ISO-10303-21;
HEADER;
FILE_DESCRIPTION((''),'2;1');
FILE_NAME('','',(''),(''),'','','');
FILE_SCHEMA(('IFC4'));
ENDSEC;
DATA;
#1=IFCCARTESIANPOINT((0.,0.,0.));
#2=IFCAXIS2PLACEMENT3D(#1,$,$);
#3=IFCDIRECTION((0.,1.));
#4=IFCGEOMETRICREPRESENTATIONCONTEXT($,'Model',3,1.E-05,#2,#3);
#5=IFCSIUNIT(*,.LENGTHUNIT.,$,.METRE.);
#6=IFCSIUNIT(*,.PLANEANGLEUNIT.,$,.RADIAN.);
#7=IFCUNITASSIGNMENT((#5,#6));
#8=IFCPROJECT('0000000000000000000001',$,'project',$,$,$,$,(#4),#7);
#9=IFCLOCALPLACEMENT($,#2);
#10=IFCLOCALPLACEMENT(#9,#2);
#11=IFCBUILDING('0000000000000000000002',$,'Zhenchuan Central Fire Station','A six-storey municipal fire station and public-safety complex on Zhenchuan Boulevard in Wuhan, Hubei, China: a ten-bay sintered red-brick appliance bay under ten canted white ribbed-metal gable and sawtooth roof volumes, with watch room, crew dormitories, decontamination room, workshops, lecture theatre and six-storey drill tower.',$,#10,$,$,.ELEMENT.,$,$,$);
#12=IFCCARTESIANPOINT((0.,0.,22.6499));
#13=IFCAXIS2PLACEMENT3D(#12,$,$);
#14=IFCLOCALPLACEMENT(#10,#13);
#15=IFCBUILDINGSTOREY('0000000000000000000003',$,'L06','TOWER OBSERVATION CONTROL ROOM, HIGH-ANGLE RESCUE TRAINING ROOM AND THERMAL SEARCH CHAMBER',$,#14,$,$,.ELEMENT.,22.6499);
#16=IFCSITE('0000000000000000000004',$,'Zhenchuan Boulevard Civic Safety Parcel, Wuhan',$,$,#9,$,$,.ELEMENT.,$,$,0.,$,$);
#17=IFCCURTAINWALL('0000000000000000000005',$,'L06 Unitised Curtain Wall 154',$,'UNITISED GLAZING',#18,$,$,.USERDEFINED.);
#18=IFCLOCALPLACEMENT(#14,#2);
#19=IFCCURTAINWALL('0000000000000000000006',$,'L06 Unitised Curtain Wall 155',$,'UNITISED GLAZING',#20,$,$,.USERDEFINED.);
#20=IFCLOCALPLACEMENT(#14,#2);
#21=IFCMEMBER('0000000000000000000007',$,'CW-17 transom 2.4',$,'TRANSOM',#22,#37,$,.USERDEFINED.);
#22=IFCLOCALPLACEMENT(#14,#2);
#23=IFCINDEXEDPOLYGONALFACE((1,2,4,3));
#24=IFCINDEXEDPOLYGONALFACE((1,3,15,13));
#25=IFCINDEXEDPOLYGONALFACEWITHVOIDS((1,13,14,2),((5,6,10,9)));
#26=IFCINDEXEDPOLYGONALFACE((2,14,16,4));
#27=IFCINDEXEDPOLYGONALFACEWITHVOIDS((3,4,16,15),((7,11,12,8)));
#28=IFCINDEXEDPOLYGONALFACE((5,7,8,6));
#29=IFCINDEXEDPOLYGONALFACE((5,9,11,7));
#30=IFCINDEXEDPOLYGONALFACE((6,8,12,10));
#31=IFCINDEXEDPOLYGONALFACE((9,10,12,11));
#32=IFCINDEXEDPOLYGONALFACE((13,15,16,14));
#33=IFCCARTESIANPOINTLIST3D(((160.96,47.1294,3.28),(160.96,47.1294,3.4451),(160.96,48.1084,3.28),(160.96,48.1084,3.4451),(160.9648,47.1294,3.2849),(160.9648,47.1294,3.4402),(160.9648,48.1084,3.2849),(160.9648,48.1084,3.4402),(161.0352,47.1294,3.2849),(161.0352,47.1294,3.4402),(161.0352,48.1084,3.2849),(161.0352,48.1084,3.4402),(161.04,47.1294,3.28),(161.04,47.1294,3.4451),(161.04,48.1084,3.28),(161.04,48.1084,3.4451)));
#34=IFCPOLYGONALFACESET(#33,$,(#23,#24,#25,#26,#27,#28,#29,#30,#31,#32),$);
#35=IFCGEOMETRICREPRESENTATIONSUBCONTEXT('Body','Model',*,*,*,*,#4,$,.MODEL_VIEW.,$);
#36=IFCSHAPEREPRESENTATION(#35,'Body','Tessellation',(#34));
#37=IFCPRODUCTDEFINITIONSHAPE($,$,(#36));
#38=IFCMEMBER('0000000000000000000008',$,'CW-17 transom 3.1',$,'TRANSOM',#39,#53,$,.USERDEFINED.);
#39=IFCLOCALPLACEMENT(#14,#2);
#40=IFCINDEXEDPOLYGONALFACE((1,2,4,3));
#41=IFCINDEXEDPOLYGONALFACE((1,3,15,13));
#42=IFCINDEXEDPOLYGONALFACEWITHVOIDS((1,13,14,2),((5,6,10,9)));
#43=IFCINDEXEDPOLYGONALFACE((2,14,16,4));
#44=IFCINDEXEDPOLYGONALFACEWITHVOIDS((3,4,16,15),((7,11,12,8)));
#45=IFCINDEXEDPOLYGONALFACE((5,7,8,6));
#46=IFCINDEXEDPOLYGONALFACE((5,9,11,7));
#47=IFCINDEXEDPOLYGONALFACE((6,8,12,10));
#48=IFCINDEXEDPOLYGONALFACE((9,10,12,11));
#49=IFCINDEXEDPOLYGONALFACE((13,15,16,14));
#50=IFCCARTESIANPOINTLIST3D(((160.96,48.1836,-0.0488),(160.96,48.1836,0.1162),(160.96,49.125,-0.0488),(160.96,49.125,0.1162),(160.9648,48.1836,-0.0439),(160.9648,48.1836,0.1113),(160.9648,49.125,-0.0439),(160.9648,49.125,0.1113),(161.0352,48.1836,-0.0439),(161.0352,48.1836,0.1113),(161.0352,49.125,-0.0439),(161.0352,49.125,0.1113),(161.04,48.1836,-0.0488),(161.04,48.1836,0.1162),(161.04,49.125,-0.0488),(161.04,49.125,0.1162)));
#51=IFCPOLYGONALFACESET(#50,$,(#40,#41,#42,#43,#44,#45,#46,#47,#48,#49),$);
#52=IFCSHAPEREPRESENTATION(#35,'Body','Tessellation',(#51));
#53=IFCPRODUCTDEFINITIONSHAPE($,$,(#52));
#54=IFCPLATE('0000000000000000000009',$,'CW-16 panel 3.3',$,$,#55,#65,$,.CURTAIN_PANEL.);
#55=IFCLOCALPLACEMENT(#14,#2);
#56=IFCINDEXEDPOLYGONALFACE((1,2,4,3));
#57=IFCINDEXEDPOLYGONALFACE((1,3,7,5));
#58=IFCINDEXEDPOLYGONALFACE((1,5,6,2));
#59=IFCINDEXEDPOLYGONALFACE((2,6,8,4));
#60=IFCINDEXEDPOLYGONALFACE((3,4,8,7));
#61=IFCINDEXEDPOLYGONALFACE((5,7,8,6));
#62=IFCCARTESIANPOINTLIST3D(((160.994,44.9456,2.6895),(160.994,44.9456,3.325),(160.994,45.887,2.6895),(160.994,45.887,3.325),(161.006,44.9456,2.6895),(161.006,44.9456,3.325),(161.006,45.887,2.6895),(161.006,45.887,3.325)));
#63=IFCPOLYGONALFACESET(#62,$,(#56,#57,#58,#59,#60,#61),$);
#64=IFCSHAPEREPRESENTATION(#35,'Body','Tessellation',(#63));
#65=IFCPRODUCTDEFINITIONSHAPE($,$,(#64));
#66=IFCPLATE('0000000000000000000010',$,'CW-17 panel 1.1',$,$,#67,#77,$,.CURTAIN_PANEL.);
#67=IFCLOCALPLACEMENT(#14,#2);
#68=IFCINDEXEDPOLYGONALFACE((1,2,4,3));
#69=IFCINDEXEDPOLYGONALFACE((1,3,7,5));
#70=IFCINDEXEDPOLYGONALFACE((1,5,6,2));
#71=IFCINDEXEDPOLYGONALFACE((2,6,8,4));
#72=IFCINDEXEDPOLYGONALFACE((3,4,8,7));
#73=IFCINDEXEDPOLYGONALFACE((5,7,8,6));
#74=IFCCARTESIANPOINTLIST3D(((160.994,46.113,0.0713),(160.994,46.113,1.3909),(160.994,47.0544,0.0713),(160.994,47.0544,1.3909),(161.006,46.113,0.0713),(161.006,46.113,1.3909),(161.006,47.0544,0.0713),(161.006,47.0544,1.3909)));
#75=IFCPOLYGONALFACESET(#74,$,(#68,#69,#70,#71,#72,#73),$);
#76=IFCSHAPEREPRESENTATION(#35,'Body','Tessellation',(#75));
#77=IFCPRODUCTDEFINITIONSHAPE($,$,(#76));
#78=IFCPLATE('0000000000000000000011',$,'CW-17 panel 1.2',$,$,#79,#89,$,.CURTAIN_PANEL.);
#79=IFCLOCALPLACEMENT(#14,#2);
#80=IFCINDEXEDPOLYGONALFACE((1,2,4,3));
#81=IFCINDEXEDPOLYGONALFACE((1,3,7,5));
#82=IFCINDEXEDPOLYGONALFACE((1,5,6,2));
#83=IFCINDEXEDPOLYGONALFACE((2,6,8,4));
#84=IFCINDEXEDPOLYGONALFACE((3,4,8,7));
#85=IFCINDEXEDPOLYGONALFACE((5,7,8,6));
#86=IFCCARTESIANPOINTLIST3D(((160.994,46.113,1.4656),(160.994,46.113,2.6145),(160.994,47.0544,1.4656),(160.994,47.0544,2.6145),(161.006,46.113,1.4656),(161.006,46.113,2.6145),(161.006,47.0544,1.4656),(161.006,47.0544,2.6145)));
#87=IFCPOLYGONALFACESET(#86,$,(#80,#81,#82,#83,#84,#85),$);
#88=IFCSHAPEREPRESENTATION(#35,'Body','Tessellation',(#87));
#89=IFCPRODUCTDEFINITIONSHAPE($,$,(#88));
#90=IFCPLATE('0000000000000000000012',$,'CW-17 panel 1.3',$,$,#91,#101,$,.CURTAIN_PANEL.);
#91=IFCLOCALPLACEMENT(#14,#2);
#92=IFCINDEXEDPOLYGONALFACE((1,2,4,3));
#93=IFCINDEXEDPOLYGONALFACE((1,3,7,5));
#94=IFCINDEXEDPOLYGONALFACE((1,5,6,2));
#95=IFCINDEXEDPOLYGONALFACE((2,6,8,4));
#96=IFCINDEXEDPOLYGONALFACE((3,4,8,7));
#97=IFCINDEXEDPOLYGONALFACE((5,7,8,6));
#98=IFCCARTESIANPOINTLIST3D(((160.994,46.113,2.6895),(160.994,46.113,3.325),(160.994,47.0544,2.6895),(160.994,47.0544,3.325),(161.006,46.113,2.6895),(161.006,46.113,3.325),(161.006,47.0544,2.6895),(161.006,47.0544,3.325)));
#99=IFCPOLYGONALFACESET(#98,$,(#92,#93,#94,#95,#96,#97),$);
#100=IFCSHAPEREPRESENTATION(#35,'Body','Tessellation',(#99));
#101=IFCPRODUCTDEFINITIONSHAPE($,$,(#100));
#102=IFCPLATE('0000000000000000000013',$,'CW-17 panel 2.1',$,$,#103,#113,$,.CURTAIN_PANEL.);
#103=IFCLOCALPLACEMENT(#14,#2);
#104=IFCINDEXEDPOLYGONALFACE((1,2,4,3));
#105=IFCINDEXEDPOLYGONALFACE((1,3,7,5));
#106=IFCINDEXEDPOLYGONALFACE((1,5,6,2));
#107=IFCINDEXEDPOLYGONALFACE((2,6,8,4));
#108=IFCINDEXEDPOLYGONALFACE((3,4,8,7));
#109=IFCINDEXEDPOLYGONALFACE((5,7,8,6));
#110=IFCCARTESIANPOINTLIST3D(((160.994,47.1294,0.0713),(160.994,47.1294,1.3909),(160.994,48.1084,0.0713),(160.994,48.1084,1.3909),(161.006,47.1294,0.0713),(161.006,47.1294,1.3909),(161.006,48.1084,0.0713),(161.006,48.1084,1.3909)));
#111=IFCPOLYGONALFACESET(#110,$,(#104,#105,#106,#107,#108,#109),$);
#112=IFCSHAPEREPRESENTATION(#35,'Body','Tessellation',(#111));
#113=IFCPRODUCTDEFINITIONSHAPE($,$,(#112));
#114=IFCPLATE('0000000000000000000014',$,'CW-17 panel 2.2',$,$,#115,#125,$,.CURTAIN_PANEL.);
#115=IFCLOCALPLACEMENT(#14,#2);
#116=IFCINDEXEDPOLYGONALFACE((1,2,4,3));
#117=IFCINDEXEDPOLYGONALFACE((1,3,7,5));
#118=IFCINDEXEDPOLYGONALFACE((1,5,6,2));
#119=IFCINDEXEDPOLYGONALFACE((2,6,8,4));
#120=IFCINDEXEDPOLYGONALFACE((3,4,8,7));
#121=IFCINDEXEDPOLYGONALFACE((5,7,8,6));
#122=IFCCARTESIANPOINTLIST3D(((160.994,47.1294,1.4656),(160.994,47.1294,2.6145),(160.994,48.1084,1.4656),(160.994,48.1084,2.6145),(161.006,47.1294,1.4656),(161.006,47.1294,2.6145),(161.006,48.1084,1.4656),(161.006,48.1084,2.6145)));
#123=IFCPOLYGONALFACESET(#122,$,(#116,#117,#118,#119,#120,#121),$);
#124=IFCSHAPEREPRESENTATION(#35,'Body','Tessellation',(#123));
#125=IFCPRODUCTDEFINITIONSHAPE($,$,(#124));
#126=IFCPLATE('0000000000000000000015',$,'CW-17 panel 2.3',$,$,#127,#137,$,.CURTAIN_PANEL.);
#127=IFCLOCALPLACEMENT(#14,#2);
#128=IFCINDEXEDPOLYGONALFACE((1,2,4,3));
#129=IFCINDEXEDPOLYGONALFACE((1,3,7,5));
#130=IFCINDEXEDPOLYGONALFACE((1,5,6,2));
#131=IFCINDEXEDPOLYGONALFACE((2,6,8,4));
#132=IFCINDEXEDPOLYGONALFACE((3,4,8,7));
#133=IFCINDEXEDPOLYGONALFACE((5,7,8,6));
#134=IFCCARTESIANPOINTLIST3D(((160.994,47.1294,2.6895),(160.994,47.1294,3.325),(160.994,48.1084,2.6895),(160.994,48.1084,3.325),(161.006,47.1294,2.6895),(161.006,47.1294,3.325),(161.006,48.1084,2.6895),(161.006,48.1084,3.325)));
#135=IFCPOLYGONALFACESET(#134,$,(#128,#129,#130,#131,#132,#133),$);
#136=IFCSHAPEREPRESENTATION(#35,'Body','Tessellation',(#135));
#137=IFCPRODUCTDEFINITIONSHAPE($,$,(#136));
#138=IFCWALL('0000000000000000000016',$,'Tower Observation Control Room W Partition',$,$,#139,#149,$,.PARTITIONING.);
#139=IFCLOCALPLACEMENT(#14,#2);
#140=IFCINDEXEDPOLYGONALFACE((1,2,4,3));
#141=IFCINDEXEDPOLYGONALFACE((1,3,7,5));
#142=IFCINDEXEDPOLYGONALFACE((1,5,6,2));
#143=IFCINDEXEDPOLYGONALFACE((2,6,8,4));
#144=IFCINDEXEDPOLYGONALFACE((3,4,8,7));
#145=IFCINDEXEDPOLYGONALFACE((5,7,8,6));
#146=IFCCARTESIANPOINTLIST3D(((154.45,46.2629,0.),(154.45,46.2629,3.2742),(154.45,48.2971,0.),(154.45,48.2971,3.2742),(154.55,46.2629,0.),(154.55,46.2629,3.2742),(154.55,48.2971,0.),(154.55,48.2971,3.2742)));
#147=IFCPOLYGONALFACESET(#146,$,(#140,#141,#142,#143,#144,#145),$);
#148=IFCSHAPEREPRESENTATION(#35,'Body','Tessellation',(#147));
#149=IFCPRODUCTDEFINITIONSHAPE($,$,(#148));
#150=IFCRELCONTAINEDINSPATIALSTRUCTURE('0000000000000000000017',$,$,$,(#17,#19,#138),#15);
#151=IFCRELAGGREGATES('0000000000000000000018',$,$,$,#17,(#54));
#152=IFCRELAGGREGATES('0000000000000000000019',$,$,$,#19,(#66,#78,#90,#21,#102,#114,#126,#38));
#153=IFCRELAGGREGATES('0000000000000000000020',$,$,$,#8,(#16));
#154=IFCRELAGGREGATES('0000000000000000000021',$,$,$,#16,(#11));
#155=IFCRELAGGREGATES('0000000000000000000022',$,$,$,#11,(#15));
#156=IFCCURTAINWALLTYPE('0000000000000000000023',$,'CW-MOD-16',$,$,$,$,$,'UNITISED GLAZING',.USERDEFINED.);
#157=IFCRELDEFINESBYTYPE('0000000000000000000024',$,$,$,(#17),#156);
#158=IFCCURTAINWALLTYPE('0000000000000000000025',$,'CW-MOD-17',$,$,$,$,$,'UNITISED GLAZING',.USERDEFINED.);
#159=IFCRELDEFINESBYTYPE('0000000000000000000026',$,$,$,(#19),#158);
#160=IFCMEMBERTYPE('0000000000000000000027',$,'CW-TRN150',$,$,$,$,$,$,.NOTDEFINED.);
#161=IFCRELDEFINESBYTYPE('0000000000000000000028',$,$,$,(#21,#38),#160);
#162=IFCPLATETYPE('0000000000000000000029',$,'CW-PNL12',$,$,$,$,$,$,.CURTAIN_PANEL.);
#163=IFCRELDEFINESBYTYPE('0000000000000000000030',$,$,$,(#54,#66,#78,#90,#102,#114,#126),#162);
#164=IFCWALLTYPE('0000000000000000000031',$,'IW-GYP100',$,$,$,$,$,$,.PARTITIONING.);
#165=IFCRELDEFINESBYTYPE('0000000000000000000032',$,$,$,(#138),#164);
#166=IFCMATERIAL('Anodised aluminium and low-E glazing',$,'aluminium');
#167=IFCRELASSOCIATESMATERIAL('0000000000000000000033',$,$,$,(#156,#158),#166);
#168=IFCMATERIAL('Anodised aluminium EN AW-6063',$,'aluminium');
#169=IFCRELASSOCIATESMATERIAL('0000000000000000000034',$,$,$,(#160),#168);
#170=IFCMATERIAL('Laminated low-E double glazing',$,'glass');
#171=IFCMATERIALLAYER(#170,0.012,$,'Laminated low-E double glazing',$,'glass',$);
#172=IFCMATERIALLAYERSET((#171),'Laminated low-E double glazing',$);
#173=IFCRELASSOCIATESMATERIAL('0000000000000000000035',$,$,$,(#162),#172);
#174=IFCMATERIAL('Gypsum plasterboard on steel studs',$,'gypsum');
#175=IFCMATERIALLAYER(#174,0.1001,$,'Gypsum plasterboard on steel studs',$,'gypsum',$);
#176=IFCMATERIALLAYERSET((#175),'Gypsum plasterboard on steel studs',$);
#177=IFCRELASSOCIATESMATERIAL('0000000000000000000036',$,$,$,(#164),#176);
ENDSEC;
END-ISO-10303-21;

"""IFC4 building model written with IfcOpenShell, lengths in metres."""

from ifc_helpers import new_model, si_unit, direction, frame, frame_2d, origin, origin_2d, place, context, subcontext, project, spatial, rectangle, hollow_rectangle, extrude, material, layer, layer_set, material_profile, profile_set, type_object, element, aggregate, save


model = new_model("IFC4")

# Units and contexts
model_context = context("Model", 3, precision=1e-05, world=origin(), true_north=direction((0.0, 1.0)))
body_context = subcontext(model_context, "Body", "Model", "MODEL_VIEW")
ifc_project = project(units=[si_unit("LENGTHUNIT", "METRE"), si_unit("PLANEANGLEUNIT", "RADIAN")], contexts=[model_context])

# Site, building, storey
site_placement = place(None, origin())
site = spatial("IfcSite", under=ifc_project, at=site_placement, Name="Zhenchuan Boulevard Civic Safety Parcel, Wuhan", CompositionType="ELEMENT", RefElevation=0.0)
building_placement = place(site_placement, origin())
building = spatial("IfcBuilding", under=site, at=building_placement, Name="Zhenchuan Central Fire Station", Description="A six-storey municipal fire station and public-safety complex on Zhenchuan Boulevard in Wuhan, Hubei, China: a ten-bay sintered red-brick appliance bay under ten canted white ribbed-metal gable and sawtooth roof volumes, with watch room, crew dormitories, decontamination room, workshops, lecture theatre and six-storey drill tower.", CompositionType="ELEMENT")
storey_placement = place(building_placement, frame((0.0, 0.0, 22.6499)))
storey = spatial("IfcBuildingStorey", under=building, at=storey_placement, Name="L06", Description="TOWER OBSERVATION CONTROL ROOM, HIGH-ANGLE RESCUE TRAINING ROOM AND THERMAL SEARCH CHAMBER", CompositionType="ELEMENT", Elevation=22.6499)

# Curtain wall
ifc_material_1 = material(Name="Anodised aluminium and low-E glazing", Category="aluminium")
curtain_wall_type_1 = type_object("IfcCurtainWallType", Name="CW-MOD-16", ElementType="UNITISED GLAZING", PredefinedType="USERDEFINED", material=ifc_material_1)
curtain_wall_1_placement = place(storey_placement, origin())
curtain_wall_1 = element("IfcCurtainWall", 1, at=curtain_wall_1_placement, inside=storey, type_object=curtain_wall_type_1, Name="L06 Unitised Curtain Wall 154", ObjectType="UNITISED GLAZING", PredefinedType="USERDEFINED")
ifc_material_2 = material(Name="Anodised aluminium EN AW-6063", Category="aluminium")

# Curtain wall, members
curtain_wall_type_2 = type_object("IfcCurtainWallType", Name="CW-MOD-17", ElementType="UNITISED GLAZING", PredefinedType="USERDEFINED", material=ifc_material_1)
curtain_wall_2_placement = place(storey_placement, origin())
curtain_wall_2 = element("IfcCurtainWall", 2, at=curtain_wall_2_placement, inside=storey, type_object=curtain_wall_type_2, Name="L06 Unitised Curtain Wall 155", ObjectType="UNITISED GLAZING", PredefinedType="USERDEFINED")
ifc_material_profile_1 = material_profile(ifc_material_2, hollow_rectangle(XDim=0.0801, YDim=0.165, WallThickness=0.0049, at=origin_2d()), Name="ALU-T 165x80")
ifc_profile_set_1 = profile_set([ifc_material_profile_1], Name="Anodised aluminium EN AW-6063")
member_type_1 = type_object("IfcMemberType", Name="CW-TRN150", PredefinedType="NOTDEFINED", material=ifc_profile_set_1)
member_1_placement = place(storey_placement, frame((161.0, 47.1294, 3.3625), z_axis=(0.0, 1.0, 0.0), x_axis=(-1.0, 0.0, 0.0)))
member_1 = element("IfcMember", 3, at=member_1_placement, type_object=member_type_1, Name="CW-17 transom 2.4", ObjectType="TRANSOM", PredefinedType="USERDEFINED", context=body_context, shape_type="SweptSolid", body=[
    extrude(hollow_rectangle(XDim=0.0801, YDim=0.165, WallThickness=0.0049, at=origin_2d()), origin(), (0.0, 0.0, 1.0), 0.979),
])
member_2_placement = place(storey_placement, frame((161.0, 48.1836, 0.0337), z_axis=(0.0, 1.0, 0.0), x_axis=(-1.0, 0.0, 0.0)))
member_2 = element("IfcMember", 4, at=member_2_placement, type_object=member_type_1, Name="CW-17 transom 3.1", ObjectType="TRANSOM", PredefinedType="USERDEFINED", context=body_context, shape_type="SweptSolid", body=[
    extrude(hollow_rectangle(XDim=0.0801, YDim=0.165, WallThickness=0.0049, at=origin_2d()), origin(), (0.0, 0.0, 1.0), 0.9414),
])

# Plates
ifc_material_3 = material(Name="Laminated low-E double glazing", Category="glass")
ifc_layer_1 = layer(ifc_material_3, 0.012, Name="Laminated low-E double glazing", Category="glass")
ifc_layer_set_1 = layer_set([ifc_layer_1], Name="Laminated low-E double glazing")
plate_type = type_object("IfcPlateType", Name="CW-PNL12", PredefinedType="CURTAIN_PANEL", material=ifc_layer_set_1)
plate_1_placement = place(storey_placement, frame((161.0, 45.4163, 2.6895), z_axis=(0.0, 0.0, 1.0), x_axis=(0.0, 1.0, 0.0)))
plate_1 = element("IfcPlate", 5, at=plate_1_placement, type_object=plate_type, Name="CW-16 panel 3.3", PredefinedType="CURTAIN_PANEL", context=body_context, shape_type="SweptSolid", body=[
    extrude(rectangle(XDim=0.9414, YDim=0.012, at=origin_2d()), origin(), (0.0, 0.0, 1.0), 0.6355),
])
aggregate(curtain_wall_1, [plate_1])
plate_2_placement = place(storey_placement, frame((161.0, 46.5837, 0.0713), z_axis=(0.0, 0.0, 1.0), x_axis=(0.0, 1.0, 0.0)))
plate_2 = element("IfcPlate", 6, at=plate_2_placement, type_object=plate_type, Name="CW-17 panel 1.1", PredefinedType="CURTAIN_PANEL", context=body_context, shape_type="SweptSolid", body=[
    extrude(rectangle(XDim=0.9414, YDim=0.012, at=origin_2d()), origin(), (0.0, 0.0, 1.0), 1.3196),
])
plate_3_placement = place(storey_placement, frame((161.0, 46.5837, 1.4656), z_axis=(0.0, 0.0, 1.0), x_axis=(0.0, 1.0, 0.0)))
plate_3 = element("IfcPlate", 7, at=plate_3_placement, type_object=plate_type, Name="CW-17 panel 1.2", PredefinedType="CURTAIN_PANEL", context=body_context, shape_type="SweptSolid", body=[
    extrude(rectangle(XDim=0.9414, YDim=0.012, at=origin_2d()), origin(), (0.0, 0.0, 1.0), 1.1489),
])
plate_4_placement = place(storey_placement, frame((161.0, 46.5837, 2.6895), z_axis=(0.0, 0.0, 1.0), x_axis=(0.0, 1.0, 0.0)))
plate_4 = element("IfcPlate", 8, at=plate_4_placement, type_object=plate_type, Name="CW-17 panel 1.3", PredefinedType="CURTAIN_PANEL", context=body_context, shape_type="SweptSolid", body=[
    extrude(rectangle(XDim=0.9414, YDim=0.012, at=origin_2d()), origin(), (0.0, 0.0, 1.0), 0.6355),
])
plate_5_placement = place(storey_placement, frame((161.0, 47.6189, 0.0713), z_axis=(0.0, 0.0, 1.0), x_axis=(0.0, 1.0, 0.0)))
plate_5 = element("IfcPlate", 9, at=plate_5_placement, type_object=plate_type, Name="CW-17 panel 2.1", PredefinedType="CURTAIN_PANEL", context=body_context, shape_type="SweptSolid", body=[
    extrude(rectangle(XDim=0.979, YDim=0.012, at=origin_2d()), origin(), (0.0, 0.0, 1.0), 1.3196),
])
plate_6_placement = place(storey_placement, frame((161.0, 47.6189, 1.4656), z_axis=(0.0, 0.0, 1.0), x_axis=(0.0, 1.0, 0.0)))
plate_6 = element("IfcPlate", 10, at=plate_6_placement, type_object=plate_type, Name="CW-17 panel 2.2", PredefinedType="CURTAIN_PANEL", context=body_context, shape_type="SweptSolid", body=[
    extrude(rectangle(XDim=0.979, YDim=0.012, at=origin_2d()), origin(), (0.0, 0.0, 1.0), 1.1489),
])
plate_7_placement = place(storey_placement, frame((161.0, 47.6189, 2.6895), z_axis=(0.0, 0.0, 1.0), x_axis=(0.0, 1.0, 0.0)))
plate_7 = element("IfcPlate", 11, at=plate_7_placement, type_object=plate_type, Name="CW-17 panel 2.3", PredefinedType="CURTAIN_PANEL", context=body_context, shape_type="SweptSolid", body=[
    extrude(rectangle(XDim=0.979, YDim=0.012, at=origin_2d()), origin(), (0.0, 0.0, 1.0), 0.6355),
])
aggregate(curtain_wall_2, [plate_2, plate_3, plate_4, member_1, plate_5, plate_6, plate_7, member_2])

# Wall
ifc_material_4 = material(Name="Gypsum plasterboard on steel studs", Category="gypsum")
ifc_layer_2 = layer(ifc_material_4, 0.1001, Name="Gypsum plasterboard on steel studs", Category="gypsum")
ifc_layer_set_2 = layer_set([ifc_layer_2], Name="Gypsum plasterboard on steel studs")
wall_type = type_object("IfcWallType", Name="IW-GYP100", PredefinedType="PARTITIONING", material=ifc_layer_set_2)
wall_placement = place(storey_placement, frame((154.5, 46.2629, 0.0), z_axis=(0.0, 0.0, 1.0), x_axis=(0.0, 1.0, 0.0)))
element("IfcWall", 12, at=wall_placement, inside=storey, type_object=wall_type, Name="Tower Observation Control Room W Partition", PredefinedType="PARTITIONING", context=body_context, shape_type="SweptSolid", body=[
    extrude(rectangle(XDim=2.0342, YDim=0.1001, at=frame_2d((1.0171, 0.0))), origin(), (0.0, 0.0, 1.0), 3.2742),
])

save(model, "model.ifc")
